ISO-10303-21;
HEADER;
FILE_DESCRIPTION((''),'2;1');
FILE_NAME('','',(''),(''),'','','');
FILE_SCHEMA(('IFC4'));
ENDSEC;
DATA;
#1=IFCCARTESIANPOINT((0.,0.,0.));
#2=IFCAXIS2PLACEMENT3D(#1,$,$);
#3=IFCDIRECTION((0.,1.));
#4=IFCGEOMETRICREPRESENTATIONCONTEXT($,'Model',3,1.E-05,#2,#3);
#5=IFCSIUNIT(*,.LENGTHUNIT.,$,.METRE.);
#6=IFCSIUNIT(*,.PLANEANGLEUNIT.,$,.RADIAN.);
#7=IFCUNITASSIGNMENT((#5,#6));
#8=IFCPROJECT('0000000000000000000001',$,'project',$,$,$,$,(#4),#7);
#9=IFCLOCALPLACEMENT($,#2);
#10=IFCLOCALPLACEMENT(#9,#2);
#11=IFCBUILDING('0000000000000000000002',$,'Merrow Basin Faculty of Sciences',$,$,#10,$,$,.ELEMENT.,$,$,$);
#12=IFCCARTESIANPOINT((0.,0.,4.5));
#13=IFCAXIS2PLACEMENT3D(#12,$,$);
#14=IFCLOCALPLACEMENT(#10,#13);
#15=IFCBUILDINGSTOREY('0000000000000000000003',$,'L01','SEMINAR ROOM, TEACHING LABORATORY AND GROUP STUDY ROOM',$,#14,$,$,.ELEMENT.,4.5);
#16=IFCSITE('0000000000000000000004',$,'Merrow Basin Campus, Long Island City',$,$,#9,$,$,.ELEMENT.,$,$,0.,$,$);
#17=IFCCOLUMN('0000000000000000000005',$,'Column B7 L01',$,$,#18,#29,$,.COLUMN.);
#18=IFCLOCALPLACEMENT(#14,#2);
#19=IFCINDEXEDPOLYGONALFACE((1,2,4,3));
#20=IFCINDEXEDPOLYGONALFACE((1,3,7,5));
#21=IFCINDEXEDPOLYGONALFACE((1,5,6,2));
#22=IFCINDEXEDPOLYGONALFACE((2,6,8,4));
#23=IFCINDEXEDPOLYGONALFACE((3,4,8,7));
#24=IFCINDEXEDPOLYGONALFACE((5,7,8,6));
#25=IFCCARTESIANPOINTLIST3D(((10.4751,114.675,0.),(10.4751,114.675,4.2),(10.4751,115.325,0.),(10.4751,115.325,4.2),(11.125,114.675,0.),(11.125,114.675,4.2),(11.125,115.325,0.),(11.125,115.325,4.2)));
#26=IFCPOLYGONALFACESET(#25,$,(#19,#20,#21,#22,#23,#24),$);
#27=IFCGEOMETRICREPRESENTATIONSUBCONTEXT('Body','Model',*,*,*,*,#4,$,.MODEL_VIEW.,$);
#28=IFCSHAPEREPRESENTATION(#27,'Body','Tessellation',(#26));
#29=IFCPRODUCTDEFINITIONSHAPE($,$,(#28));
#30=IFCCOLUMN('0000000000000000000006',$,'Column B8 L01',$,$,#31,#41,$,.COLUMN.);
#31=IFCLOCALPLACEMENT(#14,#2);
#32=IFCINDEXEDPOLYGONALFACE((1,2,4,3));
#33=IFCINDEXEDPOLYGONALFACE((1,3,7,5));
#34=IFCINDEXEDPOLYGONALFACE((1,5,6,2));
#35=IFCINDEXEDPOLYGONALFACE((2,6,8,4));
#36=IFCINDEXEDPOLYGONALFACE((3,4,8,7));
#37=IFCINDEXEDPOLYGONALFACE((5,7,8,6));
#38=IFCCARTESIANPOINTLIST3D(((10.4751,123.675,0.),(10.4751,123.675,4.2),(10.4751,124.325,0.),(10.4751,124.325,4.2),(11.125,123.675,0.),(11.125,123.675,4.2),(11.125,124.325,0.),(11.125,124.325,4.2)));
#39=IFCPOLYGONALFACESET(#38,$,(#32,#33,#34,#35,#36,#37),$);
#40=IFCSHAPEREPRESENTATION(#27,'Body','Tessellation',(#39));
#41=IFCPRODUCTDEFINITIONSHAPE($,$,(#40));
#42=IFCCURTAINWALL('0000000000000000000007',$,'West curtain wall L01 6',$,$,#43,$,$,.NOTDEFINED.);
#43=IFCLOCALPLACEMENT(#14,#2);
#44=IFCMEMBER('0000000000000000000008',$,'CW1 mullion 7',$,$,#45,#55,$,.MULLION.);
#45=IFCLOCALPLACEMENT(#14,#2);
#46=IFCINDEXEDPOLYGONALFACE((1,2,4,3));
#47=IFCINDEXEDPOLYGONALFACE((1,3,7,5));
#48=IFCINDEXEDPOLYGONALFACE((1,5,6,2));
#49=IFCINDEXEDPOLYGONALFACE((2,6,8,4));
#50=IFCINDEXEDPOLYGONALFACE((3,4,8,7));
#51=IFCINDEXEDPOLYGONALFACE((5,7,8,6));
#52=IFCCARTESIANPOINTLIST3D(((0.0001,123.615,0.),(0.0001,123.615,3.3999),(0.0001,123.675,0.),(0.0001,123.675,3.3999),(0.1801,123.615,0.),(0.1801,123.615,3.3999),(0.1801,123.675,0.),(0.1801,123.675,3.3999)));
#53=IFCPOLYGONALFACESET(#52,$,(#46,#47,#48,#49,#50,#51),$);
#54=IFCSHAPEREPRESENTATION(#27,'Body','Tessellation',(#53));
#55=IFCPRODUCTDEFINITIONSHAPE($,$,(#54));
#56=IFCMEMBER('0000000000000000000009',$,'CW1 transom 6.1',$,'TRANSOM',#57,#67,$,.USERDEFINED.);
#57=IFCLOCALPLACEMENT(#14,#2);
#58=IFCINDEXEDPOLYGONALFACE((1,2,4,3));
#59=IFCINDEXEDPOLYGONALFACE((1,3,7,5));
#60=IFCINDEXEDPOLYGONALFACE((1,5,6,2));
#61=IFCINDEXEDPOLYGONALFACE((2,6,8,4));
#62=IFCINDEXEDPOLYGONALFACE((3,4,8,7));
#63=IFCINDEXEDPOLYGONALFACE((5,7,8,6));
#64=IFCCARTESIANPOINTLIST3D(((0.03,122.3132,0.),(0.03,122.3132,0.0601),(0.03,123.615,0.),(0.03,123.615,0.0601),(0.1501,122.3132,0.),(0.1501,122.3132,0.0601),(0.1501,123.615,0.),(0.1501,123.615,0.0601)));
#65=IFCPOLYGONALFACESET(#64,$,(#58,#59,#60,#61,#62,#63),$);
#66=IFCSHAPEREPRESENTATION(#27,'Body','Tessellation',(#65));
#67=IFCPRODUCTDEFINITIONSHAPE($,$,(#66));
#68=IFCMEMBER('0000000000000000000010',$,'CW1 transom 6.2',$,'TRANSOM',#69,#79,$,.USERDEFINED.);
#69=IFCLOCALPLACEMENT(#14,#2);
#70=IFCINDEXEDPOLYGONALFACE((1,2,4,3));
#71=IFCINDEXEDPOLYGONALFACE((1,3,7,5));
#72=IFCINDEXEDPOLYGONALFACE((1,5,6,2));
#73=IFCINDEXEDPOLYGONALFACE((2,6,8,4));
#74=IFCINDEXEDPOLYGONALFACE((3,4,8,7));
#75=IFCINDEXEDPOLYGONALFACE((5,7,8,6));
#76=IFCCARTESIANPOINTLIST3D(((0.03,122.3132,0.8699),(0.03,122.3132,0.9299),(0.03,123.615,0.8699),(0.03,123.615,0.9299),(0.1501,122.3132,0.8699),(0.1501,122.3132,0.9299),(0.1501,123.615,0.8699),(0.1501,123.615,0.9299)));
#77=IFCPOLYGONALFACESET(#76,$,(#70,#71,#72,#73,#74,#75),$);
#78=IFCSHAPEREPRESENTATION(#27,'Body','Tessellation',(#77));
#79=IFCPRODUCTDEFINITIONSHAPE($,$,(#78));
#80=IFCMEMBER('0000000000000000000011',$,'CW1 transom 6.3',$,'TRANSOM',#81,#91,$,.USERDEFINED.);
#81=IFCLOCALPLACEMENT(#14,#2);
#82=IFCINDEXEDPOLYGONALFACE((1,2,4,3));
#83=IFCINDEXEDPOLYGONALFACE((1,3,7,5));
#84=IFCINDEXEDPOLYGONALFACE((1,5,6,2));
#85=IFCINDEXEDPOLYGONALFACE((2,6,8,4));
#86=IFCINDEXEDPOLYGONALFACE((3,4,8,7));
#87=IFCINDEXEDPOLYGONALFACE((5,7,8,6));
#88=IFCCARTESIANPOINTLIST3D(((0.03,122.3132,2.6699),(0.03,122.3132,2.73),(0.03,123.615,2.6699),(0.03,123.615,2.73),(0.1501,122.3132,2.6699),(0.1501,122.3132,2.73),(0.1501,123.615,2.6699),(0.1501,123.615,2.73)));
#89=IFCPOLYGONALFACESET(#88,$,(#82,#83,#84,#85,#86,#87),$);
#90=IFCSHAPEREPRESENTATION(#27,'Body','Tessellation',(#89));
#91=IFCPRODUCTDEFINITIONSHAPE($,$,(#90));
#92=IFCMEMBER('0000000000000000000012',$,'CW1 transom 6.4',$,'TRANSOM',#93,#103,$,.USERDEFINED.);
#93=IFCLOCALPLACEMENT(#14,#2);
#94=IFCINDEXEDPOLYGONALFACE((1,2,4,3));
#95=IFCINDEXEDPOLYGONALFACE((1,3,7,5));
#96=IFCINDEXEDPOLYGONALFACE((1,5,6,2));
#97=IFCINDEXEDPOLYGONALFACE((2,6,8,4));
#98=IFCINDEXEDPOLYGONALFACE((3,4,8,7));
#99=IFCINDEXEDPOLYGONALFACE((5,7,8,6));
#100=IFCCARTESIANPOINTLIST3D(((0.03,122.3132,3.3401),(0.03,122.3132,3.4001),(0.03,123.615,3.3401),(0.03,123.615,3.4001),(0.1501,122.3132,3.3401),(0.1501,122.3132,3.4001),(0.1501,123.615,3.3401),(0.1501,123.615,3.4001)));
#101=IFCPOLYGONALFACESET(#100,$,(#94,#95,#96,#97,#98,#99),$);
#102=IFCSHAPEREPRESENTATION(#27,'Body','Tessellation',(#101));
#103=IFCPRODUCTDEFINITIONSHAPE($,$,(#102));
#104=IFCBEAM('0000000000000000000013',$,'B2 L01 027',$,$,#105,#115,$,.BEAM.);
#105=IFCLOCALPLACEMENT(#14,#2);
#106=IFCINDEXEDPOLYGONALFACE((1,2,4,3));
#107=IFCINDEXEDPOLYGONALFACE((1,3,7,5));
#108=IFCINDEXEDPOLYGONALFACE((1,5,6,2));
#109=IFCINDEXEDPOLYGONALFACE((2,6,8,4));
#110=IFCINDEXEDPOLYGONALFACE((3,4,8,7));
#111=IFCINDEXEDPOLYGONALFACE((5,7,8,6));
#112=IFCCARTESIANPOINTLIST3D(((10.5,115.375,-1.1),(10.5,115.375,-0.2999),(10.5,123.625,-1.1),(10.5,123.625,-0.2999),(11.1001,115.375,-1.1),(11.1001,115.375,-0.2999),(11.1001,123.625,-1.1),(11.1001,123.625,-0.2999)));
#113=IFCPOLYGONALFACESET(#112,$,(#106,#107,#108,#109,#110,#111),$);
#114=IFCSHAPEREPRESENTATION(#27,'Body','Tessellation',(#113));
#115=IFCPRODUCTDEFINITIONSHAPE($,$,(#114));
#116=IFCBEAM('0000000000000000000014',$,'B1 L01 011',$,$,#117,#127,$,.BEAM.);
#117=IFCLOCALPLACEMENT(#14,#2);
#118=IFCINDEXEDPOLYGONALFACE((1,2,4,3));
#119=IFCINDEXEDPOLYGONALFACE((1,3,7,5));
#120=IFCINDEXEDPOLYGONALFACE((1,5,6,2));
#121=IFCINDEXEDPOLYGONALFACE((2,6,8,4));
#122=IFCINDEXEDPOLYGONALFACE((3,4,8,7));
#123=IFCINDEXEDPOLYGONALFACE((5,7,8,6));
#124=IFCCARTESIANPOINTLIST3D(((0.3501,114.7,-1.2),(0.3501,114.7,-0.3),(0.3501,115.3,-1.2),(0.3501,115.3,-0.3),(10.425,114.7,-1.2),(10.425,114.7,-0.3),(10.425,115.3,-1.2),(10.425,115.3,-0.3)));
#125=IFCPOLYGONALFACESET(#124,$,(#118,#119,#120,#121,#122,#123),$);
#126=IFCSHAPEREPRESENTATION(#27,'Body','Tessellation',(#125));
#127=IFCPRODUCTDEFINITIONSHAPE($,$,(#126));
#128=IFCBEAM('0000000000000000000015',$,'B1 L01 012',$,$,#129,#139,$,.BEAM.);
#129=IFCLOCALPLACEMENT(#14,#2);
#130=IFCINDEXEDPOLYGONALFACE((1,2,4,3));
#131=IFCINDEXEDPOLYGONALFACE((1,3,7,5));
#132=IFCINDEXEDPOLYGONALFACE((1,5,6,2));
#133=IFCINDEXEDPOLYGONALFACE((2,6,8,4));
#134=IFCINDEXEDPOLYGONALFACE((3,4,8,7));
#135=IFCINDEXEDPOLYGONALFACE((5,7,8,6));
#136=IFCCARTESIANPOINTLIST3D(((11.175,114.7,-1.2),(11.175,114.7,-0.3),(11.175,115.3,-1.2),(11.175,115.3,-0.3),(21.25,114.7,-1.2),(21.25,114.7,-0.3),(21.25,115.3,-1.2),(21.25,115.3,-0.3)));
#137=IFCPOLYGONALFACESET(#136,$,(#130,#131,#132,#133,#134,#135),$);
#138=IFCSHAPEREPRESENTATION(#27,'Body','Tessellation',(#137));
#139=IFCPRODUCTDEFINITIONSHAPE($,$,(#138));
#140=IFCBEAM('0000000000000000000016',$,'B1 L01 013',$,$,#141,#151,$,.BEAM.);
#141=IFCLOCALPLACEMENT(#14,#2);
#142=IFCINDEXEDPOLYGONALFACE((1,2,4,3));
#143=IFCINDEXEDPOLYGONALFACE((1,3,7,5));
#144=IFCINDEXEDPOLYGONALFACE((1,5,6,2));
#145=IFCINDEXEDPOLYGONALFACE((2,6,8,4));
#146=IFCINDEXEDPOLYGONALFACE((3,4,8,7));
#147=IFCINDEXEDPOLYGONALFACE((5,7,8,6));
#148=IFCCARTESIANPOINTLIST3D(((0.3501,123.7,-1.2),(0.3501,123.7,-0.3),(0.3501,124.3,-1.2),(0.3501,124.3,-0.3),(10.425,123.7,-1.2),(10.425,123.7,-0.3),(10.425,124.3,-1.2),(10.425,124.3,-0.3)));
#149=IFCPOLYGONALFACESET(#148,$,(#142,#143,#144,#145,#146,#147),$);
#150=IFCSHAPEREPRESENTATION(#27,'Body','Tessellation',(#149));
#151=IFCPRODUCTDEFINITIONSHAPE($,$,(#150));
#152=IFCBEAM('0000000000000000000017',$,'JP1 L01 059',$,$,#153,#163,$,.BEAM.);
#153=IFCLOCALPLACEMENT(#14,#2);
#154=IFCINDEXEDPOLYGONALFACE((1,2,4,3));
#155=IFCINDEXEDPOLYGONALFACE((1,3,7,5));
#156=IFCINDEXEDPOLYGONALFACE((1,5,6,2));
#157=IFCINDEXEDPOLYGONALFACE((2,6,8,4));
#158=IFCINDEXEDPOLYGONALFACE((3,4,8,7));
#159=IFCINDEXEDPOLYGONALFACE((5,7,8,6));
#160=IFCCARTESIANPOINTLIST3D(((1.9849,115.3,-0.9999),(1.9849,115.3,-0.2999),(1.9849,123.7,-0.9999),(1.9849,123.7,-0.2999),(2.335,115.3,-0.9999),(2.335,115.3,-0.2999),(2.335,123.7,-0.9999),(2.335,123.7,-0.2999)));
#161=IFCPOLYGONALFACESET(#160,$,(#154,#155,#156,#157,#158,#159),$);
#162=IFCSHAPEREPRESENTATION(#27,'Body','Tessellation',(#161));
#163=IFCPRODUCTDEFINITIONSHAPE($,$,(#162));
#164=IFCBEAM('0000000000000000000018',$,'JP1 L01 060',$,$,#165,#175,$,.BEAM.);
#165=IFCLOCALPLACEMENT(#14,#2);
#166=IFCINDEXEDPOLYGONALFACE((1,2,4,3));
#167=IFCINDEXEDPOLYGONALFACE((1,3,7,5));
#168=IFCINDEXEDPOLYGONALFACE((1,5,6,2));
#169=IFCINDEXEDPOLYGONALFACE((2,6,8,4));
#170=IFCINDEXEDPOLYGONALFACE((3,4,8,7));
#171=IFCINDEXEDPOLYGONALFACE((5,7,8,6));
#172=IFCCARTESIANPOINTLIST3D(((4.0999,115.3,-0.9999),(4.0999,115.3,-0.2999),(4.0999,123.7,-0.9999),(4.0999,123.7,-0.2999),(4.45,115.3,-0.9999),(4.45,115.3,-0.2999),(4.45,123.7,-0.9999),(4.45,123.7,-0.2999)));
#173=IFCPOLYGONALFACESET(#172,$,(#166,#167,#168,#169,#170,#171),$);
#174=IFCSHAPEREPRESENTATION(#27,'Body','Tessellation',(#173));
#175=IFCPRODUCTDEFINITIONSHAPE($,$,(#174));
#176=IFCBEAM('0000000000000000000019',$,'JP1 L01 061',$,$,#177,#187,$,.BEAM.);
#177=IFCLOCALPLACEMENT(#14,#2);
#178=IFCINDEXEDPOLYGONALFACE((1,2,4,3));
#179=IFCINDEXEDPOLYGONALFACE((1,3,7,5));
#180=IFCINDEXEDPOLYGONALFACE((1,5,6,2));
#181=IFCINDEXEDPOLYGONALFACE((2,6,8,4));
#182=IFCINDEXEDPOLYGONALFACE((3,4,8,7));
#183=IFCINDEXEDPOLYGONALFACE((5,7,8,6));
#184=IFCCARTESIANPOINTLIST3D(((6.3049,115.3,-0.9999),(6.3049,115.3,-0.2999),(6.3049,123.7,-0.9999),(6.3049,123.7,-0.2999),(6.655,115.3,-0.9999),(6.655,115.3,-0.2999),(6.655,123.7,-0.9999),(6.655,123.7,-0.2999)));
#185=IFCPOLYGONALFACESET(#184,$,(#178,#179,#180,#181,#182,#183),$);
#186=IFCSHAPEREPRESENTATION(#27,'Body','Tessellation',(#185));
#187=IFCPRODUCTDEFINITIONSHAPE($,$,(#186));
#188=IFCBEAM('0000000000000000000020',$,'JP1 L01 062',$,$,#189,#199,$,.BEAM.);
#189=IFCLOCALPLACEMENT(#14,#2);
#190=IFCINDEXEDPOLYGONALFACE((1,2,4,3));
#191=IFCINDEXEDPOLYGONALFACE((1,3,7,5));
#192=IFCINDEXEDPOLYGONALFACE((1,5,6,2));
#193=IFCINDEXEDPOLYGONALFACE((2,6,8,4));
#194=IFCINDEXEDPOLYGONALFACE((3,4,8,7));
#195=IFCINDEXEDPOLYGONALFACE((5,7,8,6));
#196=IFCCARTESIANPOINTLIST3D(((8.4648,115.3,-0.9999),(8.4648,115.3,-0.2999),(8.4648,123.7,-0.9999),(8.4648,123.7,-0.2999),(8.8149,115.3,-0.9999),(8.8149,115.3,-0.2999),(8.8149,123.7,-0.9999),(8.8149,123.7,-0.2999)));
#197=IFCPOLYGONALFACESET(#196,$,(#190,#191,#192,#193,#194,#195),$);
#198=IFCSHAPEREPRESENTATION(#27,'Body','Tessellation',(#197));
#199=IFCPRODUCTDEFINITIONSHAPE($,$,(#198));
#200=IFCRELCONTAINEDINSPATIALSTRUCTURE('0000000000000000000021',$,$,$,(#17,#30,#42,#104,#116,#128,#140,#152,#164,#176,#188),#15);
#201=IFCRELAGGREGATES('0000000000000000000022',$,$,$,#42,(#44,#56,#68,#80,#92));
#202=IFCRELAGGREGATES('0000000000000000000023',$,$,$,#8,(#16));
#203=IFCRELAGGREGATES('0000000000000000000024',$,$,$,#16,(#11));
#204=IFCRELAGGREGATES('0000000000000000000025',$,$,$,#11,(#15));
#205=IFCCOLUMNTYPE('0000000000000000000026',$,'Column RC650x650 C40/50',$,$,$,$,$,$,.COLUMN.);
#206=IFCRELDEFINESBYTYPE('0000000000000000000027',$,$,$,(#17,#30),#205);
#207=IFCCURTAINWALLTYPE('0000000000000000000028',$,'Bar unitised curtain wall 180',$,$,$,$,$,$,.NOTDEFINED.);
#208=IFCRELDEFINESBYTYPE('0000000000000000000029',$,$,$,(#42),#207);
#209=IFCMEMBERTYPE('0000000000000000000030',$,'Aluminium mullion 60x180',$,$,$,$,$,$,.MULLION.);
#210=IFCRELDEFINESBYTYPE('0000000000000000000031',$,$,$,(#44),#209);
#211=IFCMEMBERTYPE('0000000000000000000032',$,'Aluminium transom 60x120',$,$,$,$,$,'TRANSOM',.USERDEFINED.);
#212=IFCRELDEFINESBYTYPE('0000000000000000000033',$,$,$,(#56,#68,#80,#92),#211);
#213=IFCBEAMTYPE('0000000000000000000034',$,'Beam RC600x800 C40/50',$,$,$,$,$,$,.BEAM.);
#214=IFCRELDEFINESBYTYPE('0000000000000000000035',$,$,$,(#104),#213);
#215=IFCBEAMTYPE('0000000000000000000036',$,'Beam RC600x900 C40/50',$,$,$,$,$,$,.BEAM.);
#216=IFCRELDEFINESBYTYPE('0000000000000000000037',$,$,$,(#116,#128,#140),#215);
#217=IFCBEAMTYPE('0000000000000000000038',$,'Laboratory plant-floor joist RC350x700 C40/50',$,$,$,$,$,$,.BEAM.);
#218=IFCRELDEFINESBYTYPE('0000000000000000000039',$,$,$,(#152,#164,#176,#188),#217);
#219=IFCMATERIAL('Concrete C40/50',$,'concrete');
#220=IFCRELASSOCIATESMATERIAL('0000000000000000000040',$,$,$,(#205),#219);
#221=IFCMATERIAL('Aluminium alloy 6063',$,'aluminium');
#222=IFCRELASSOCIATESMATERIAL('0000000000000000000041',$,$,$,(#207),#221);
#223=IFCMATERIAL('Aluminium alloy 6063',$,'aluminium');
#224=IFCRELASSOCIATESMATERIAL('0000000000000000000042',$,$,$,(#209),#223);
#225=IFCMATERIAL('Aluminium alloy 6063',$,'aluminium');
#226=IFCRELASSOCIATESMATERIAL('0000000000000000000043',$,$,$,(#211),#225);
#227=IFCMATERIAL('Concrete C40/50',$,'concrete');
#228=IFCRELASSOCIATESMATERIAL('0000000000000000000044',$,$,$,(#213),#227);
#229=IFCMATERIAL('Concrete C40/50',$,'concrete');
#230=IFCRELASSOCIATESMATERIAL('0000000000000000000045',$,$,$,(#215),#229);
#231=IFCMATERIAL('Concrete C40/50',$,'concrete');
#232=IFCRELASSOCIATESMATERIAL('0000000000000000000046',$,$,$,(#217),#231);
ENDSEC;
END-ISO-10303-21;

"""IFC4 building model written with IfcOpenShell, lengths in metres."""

from ifc_helpers import new_model, si_unit, direction, frame, origin, origin_2d, place, context, subcontext, project, spatial, rectangle, extrude, material, material_profile, profile_set, type_object, element, aggregate, save


model = new_model("IFC4")

# Units and contexts
model_context = context("Model", 3, precision=1e-05, world=origin(), true_north=direction((0.0, 1.0)))
body_context = subcontext(model_context, "Body", "Model", "MODEL_VIEW")
ifc_project = project(units=[si_unit("LENGTHUNIT", "METRE"), si_unit("PLANEANGLEUNIT", "RADIAN")], contexts=[model_context])

# Site, building, storey
site_placement = place(None, origin())
site = spatial("IfcSite", under=ifc_project, at=site_placement, Name="Merrow Basin Campus, Long Island City", CompositionType="ELEMENT", RefElevation=0.0)
building_placement = place(site_placement, origin())
building = spatial("IfcBuilding", under=site, at=building_placement, Name="Merrow Basin Faculty of Sciences", CompositionType="ELEMENT")
storey_placement = place(building_placement, frame((0.0, 0.0, 4.5)))
storey = spatial("IfcBuildingStorey", under=building, at=storey_placement, Name="L01", Description="SEMINAR ROOM, TEACHING LABORATORY AND GROUP STUDY ROOM", CompositionType="ELEMENT", Elevation=4.5)

# Columns
ifc_material_1 = material(Name="Concrete C40/50", Category="concrete")
ifc_material_profile_1 = material_profile(ifc_material_1, rectangle(XDim=0.6499, YDim=0.6499, at=origin_2d()))
ifc_profile_set_1 = profile_set([ifc_material_profile_1], Name="Concrete C40/50")
column_type = type_object("IfcColumnType", Name="Column RC650x650 C40/50", PredefinedType="COLUMN", material=ifc_profile_set_1)
for number, where, z_axis, x_axis, name in (
    (1, (10.8, 115.0, 0.0), (0.0, 0.0, 1.0), (1.0, 0.0, 0.0), "Column B7 L01"),
    (2, (10.8, 124.0, 0.0), (0.0, 0.0, 1.0), (1.0, 0.0, 0.0), "Column B8 L01"),
):
    element("IfcColumn", number, at=place(storey_placement, frame(where, z_axis=z_axis, x_axis=x_axis)), inside=storey, type_object=column_type, Name=name, PredefinedType="COLUMN", context=body_context, shape_type="SweptSolid", body=[
        extrude(rectangle(XDim=0.6499, YDim=0.6499, at=origin_2d()), origin(), (0.0, 0.0, 1.0), 4.2),
    ])

# Curtain wall, members
ifc_material_2 = material(Name="Aluminium alloy 6063", Category="aluminium")
curtain_wall_type = type_object("IfcCurtainWallType", Name="Bar unitised curtain wall 180", PredefinedType="NOTDEFINED", material=ifc_material_2)
curtain_wall_placement = place(storey_placement, origin())
curtain_wall = element("IfcCurtainWall", 3, at=curtain_wall_placement, inside=storey, type_object=curtain_wall_type, Name="West curtain wall L01 6", PredefinedType="NOTDEFINED")
ifc_material_3 = material(Name="Aluminium alloy 6063", Category="aluminium")
ifc_material_profile_2 = material_profile(ifc_material_3, rectangle(XDim=0.1799, YDim=0.0601, at=origin_2d()))
ifc_profile_set_2 = profile_set([ifc_material_profile_2], Name="Aluminium alloy 6063")
member_type_1 = type_object("IfcMemberType", Name="Aluminium mullion 60x180", PredefinedType="MULLION", material=ifc_profile_set_2)
member_1_placement = place(storey_placement, frame((0.0901, 123.645, 0.0), z_axis=(0.0, 0.0, 1.0), x_axis=(-1.0, 0.0, 0.0)))
member_1 = element("IfcMember", 4, at=member_1_placement, type_object=member_type_1, Name="CW1 mullion 7", PredefinedType="MULLION", context=body_context, shape_type="SweptSolid", body=[
    extrude(rectangle(XDim=0.1799, YDim=0.0601, at=origin_2d()), origin(), (0.0, 0.0, 1.0), 3.3999),
])
ifc_material_4 = material(Name="Aluminium alloy 6063", Category="aluminium")
ifc_material_profile_3 = material_profile(ifc_material_4, rectangle(XDim=0.1201, YDim=0.0601, at=origin_2d()))
ifc_profile_set_3 = profile_set([ifc_material_profile_3], Name="Aluminium alloy 6063")
member_type_2 = type_object("IfcMemberType", Name="Aluminium transom 60x120", ElementType="TRANSOM", PredefinedType="USERDEFINED", material=ifc_profile_set_3)
member_2_placement = place(storey_placement, frame((0.0901, 122.3132, 0.03), z_axis=(0.0, 1.0, 0.0), x_axis=(-1.0, 0.0, 0.0)))
member_2 = element("IfcMember", 5, at=member_2_placement, type_object=member_type_2, Name="CW1 transom 6.1", ObjectType="TRANSOM", PredefinedType="USERDEFINED", context=body_context, shape_type="SweptSolid", body=[
    extrude(rectangle(XDim=0.1201, YDim=0.0601, at=origin_2d()), origin(), (0.0, 0.0, 1.0), 1.3018),
])
member_3_placement = place(storey_placement, frame((0.0901, 122.3132, 0.8999), z_axis=(0.0, 1.0, 0.0), x_axis=(-1.0, 0.0, 0.0)))
member_3 = element("IfcMember", 6, at=member_3_placement, type_object=member_type_2, Name="CW1 transom 6.2", ObjectType="TRANSOM", PredefinedType="USERDEFINED", context=body_context, shape_type="SweptSolid", body=[
    extrude(rectangle(XDim=0.1201, YDim=0.0601, at=origin_2d()), origin(), (0.0, 0.0, 1.0), 1.3018),
])
member_4_placement = place(storey_placement, frame((0.0901, 122.3132, 2.7), z_axis=(0.0, 1.0, 0.0), x_axis=(-1.0, 0.0, 0.0)))
member_4 = element("IfcMember", 7, at=member_4_placement, type_object=member_type_2, Name="CW1 transom 6.3", ObjectType="TRANSOM", PredefinedType="USERDEFINED", context=body_context, shape_type="SweptSolid", body=[
    extrude(rectangle(XDim=0.1201, YDim=0.0601, at=origin_2d()), origin(), (0.0, 0.0, 1.0), 1.3018),
])
member_5_placement = place(storey_placement, frame((0.0901, 122.3132, 3.3701), z_axis=(0.0, 1.0, 0.0), x_axis=(-1.0, 0.0, 0.0)))
member_5 = element("IfcMember", 8, at=member_5_placement, type_object=member_type_2, Name="CW1 transom 6.4", ObjectType="TRANSOM", PredefinedType="USERDEFINED", context=body_context, shape_type="SweptSolid", body=[
    extrude(rectangle(XDim=0.1201, YDim=0.0601, at=origin_2d()), origin(), (0.0, 0.0, 1.0), 1.3018),
])

# Beams
ifc_material_5 = material(Name="Concrete C40/50", Category="concrete")
ifc_material_profile_4 = material_profile(ifc_material_5, rectangle(XDim=0.6001, YDim=0.8, at=origin_2d()))
ifc_profile_set_4 = profile_set([ifc_material_profile_4], Name="Concrete C40/50")
beam_type_1 = type_object("IfcBeamType", Name="Beam RC600x800 C40/50", PredefinedType="BEAM", material=ifc_profile_set_4)
beam_placement = place(storey_placement, frame((10.8, 115.375, -0.7), z_axis=(0.0, 1.0, 0.0), x_axis=(-1.0, 0.0, 0.0)))
element("IfcBeam", 9, at=beam_placement, inside=storey, type_object=beam_type_1, Name="B2 L01 027", PredefinedType="BEAM", context=body_context, shape_type="SweptSolid", body=[
    extrude(rectangle(XDim=0.6001, YDim=0.8, at=origin_2d()), origin(), (0.0, 0.0, 1.0), 8.25),
])
ifc_material_6 = material(Name="Concrete C40/50", Category="concrete")
ifc_material_profile_5 = material_profile(ifc_material_6, rectangle(XDim=0.6001, YDim=0.8999, at=origin_2d()))
ifc_profile_set_5 = profile_set([ifc_material_profile_5], Name="Concrete C40/50")
beam_type_2 = type_object("IfcBeamType", Name="Beam RC600x900 C40/50", PredefinedType="BEAM", material=ifc_profile_set_5)
for number, where, z_axis, x_axis, name in (
    (10, (0.3501, 115.0, -0.75), (1.0, 0.0, 0.0), (0.0, 1.0, 0.0), "B1 L01 011"),
    (11, (11.175, 115.0, -0.75), (1.0, 0.0, 0.0), (0.0, 1.0, 0.0), "B1 L01 012"),
    (12, (0.3501, 124.0, -0.75), (1.0, 0.0, 0.0), (0.0, 1.0, 0.0), "B1 L01 013"),
):
    element("IfcBeam", number, at=place(storey_placement, frame(where, z_axis=z_axis, x_axis=x_axis)), inside=storey, type_object=beam_type_2, Name=name, PredefinedType="BEAM", context=body_context, shape_type="SweptSolid", body=[
        extrude(rectangle(XDim=0.6001, YDim=0.8999, at=origin_2d()), origin(), (0.0, 0.0, 1.0), 10.075),
    ])
ifc_material_7 = material(Name="Concrete C40/50", Category="concrete")
ifc_material_profile_6 = material_profile(ifc_material_7, rectangle(XDim=0.3501, YDim=0.7, at=origin_2d()))
ifc_profile_set_6 = profile_set([ifc_material_profile_6], Name="Concrete C40/50")
beam_type_3 = type_object("IfcBeamType", Name="Laboratory plant-floor joist RC350x700 C40/50", PredefinedType="BEAM", material=ifc_profile_set_6)
for number, where, z_axis, x_axis, name in (
    (13, (2.1599, 115.3, -0.6499), (0.0, 1.0, 0.0), (-1.0, 0.0, 0.0), "JP1 L01 059"),
    (14, (4.2749, 115.3, -0.6499), (0.0, 1.0, 0.0), (-1.0, 0.0, 0.0), "JP1 L01 060"),
    (15, (6.48, 115.3, -0.6499), (0.0, 1.0, 0.0), (-1.0, 0.0, 0.0), "JP1 L01 061"),
    (16, (8.6399, 115.3, -0.6499), (0.0, 1.0, 0.0), (-1.0, 0.0, 0.0), "JP1 L01 062"),
):
    element("IfcBeam", number, at=place(storey_placement, frame(where, z_axis=z_axis, x_axis=x_axis)), inside=storey, type_object=beam_type_3, Name=name, PredefinedType="BEAM", context=body_context, shape_type="SweptSolid", body=[
        extrude(rectangle(XDim=0.3501, YDim=0.7, at=origin_2d()), origin(), (0.0, 0.0, 1.0), 8.3999),
    ])

aggregate(curtain_wall, [member_1, member_2, member_3, member_4, member_5])

save(model, "model.ifc")
